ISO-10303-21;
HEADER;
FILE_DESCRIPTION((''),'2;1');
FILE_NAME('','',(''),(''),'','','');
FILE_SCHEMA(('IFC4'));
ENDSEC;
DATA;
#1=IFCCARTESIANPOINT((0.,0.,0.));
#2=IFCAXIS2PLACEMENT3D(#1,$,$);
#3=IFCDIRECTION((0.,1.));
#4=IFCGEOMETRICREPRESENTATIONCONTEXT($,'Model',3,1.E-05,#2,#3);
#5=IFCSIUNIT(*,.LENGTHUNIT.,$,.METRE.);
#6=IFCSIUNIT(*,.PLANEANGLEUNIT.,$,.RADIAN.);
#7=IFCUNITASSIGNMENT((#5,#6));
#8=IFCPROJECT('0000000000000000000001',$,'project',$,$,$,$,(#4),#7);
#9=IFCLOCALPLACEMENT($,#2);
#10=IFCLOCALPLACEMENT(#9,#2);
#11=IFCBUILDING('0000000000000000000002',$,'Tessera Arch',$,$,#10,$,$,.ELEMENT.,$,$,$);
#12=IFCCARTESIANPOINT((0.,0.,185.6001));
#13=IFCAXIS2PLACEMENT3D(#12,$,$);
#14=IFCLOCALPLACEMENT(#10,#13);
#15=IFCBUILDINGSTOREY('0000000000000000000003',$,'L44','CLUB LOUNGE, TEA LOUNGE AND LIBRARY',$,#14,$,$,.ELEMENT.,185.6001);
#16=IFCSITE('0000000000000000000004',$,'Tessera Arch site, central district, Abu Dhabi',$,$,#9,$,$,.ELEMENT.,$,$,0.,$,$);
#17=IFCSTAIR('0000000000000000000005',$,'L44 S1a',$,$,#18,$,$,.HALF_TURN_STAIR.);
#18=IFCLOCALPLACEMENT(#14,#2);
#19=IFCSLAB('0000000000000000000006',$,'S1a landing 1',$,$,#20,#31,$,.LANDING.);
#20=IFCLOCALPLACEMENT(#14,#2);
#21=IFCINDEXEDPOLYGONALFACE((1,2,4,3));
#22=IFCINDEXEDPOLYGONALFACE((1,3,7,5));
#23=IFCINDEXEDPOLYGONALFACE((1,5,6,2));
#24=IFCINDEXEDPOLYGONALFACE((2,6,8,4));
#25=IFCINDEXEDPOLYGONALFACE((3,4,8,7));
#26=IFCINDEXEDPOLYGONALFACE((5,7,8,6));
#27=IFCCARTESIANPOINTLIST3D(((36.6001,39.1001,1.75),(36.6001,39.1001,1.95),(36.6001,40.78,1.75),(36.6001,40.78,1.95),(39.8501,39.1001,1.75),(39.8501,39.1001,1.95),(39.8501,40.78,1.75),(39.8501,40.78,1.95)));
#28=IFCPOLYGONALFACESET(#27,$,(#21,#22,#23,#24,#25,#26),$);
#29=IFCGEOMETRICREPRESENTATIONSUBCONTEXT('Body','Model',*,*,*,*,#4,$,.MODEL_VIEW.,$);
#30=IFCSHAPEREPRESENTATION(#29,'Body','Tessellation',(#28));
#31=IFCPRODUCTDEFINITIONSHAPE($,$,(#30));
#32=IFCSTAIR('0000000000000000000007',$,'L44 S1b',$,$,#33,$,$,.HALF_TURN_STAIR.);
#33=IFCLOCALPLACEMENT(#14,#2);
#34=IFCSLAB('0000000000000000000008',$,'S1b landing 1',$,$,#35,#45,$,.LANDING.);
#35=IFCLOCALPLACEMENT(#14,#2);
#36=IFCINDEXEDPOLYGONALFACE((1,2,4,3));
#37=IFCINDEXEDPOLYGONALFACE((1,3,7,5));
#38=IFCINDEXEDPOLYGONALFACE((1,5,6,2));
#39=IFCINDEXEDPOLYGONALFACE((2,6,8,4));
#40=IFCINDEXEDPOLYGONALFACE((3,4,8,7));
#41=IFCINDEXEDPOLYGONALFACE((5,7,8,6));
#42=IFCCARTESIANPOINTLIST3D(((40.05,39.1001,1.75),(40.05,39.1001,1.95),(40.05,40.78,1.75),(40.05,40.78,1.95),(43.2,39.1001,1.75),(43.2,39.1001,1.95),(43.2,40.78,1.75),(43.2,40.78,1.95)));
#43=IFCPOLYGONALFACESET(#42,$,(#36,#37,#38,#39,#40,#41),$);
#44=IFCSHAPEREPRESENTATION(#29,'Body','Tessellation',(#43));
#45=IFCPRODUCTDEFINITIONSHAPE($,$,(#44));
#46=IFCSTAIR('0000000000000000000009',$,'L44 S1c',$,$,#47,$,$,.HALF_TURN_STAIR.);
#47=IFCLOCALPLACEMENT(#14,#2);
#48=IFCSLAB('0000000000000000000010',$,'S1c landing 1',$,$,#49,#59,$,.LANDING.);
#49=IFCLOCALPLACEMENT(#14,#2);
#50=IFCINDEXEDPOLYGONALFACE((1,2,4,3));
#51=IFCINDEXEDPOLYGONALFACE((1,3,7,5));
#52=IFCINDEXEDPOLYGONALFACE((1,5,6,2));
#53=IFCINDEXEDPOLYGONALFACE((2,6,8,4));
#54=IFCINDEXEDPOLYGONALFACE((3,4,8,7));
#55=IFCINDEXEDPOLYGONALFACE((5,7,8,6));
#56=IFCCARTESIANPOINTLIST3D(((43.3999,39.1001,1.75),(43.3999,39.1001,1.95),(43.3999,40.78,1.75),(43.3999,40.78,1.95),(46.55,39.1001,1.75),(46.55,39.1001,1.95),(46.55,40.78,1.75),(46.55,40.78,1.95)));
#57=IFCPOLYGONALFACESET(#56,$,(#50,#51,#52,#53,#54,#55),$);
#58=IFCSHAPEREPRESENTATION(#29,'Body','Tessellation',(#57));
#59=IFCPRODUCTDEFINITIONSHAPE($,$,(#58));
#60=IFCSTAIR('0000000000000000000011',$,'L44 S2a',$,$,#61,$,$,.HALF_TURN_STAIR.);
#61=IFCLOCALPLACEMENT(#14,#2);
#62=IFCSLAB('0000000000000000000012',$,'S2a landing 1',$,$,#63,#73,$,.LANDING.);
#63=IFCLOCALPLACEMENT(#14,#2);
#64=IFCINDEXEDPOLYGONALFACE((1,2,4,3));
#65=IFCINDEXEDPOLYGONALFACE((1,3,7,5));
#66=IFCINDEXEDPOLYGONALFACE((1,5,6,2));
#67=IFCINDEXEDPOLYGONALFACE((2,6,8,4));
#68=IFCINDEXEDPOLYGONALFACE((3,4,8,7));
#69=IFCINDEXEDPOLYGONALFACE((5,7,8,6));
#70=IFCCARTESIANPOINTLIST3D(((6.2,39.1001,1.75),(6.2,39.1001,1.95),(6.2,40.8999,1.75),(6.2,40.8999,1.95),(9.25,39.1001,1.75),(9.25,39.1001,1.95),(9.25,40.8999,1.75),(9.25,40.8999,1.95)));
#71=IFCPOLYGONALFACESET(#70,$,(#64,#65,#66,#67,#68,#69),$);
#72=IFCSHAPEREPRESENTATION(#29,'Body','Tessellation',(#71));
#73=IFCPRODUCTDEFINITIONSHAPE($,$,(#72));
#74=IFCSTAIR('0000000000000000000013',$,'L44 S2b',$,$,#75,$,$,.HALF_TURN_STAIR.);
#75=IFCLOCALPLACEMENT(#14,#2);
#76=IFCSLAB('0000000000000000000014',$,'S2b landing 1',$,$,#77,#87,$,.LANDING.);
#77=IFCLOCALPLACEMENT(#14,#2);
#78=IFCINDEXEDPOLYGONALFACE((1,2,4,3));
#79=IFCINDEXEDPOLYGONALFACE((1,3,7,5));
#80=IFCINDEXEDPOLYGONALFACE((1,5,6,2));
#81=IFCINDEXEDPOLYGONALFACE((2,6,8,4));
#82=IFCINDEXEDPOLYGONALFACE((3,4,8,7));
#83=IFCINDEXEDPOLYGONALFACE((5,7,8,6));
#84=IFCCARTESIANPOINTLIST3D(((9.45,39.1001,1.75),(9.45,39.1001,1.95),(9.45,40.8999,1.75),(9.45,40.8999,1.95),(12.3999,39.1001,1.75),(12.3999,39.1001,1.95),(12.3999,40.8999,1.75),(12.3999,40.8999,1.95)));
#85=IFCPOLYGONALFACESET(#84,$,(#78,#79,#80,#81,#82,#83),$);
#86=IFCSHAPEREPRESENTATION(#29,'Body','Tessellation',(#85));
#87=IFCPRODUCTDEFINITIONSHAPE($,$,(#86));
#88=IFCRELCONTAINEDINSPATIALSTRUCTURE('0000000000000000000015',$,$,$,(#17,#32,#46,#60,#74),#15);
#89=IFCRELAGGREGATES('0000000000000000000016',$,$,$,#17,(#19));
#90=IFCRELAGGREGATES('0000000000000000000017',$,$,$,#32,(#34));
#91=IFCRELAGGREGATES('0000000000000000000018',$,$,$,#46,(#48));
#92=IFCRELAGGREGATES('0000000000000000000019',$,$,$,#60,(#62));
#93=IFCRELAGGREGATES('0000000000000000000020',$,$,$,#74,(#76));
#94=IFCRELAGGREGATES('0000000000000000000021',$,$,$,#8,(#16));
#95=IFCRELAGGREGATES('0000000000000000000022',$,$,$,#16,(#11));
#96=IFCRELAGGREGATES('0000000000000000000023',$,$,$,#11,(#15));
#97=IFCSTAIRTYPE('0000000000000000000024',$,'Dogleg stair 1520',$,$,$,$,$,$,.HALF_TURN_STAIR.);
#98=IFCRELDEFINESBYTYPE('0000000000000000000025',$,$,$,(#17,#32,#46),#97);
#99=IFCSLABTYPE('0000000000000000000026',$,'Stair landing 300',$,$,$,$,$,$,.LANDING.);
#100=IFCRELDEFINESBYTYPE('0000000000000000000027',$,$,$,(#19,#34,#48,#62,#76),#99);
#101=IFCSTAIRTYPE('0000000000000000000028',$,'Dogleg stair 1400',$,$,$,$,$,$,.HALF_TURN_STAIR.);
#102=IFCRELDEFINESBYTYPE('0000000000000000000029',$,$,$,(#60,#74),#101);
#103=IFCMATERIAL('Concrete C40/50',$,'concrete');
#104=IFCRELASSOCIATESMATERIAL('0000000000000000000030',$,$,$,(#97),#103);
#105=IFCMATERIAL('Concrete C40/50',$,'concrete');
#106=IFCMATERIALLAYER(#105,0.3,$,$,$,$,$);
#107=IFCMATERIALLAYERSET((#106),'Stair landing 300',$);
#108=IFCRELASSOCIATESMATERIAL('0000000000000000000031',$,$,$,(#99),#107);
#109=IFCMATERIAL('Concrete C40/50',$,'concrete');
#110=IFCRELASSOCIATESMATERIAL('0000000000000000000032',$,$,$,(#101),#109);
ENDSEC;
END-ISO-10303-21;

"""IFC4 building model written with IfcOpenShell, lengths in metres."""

from ifc_helpers import new_model, si_unit, direction, frame, origin, place, context, subcontext, project, spatial, polyline, outline, extrude, material, layer, layer_set, type_object, element, aggregate, save


model = new_model("IFC4")

# Units and contexts
model_context = context("Model", 3, precision=1e-05, world=origin(), true_north=direction((0.0, 1.0)))
body_context = subcontext(model_context, "Body", "Model", "MODEL_VIEW")
ifc_project = project(units=[si_unit("LENGTHUNIT", "METRE"), si_unit("PLANEANGLEUNIT", "RADIAN")], contexts=[model_context])

# Site, building, storey
site_placement = place(None, origin())
site = spatial("IfcSite", under=ifc_project, at=site_placement, Name="Tessera Arch site, central district, Abu Dhabi", CompositionType="ELEMENT", RefElevation=0.0)
building_placement = place(site_placement, origin())
building = spatial("IfcBuilding", under=site, at=building_placement, Name="Tessera Arch", CompositionType="ELEMENT")
storey_placement = place(building_placement, frame((0.0, 0.0, 185.6001)))
storey = spatial("IfcBuildingStorey", under=building, at=storey_placement, Name="L44", Description="CLUB LOUNGE, TEA LOUNGE AND LIBRARY", CompositionType="ELEMENT", Elevation=185.6001)

# Stairs, slabs
ifc_material_1 = material(Name="Concrete C40/50", Category="concrete")
stair_type_1 = type_object("IfcStairType", Name="Dogleg stair 1520", PredefinedType="HALF_TURN_STAIR", material=ifc_material_1)
stair_1_placement = place(storey_placement, origin())
stair_1 = element("IfcStair", 1, at=stair_1_placement, inside=storey, type_object=stair_type_1, Name="L44 S1a", PredefinedType="HALF_TURN_STAIR")
ifc_material_2 = material(Name="Concrete C40/50", Category="concrete")
ifc_layer_1 = layer(ifc_material_2, 0.3)
ifc_layer_set_1 = layer_set([ifc_layer_1], Name="Stair landing 300")
slab_type_1 = type_object("IfcSlabType", Name="Stair landing 300", PredefinedType="LANDING", material=ifc_layer_set_1)
slab_1_placement = place(storey_placement, frame((0.0, 0.0, 1.75)))
slab_1 = element("IfcSlab", 2, at=slab_1_placement, type_object=slab_type_1, Name="S1a landing 1", PredefinedType="LANDING", context=body_context, shape_type="SweptSolid", body=[
    extrude(outline(polyline([(36.6001, 40.78), (36.6001, 39.1001), (39.8501, 39.1001), (39.8501, 40.78), (36.6001, 40.78)])), origin(), (0.0, 0.0, 1.0), 0.2),
])
aggregate(stair_1, [slab_1])
stair_2_placement = place(storey_placement, origin())
stair_2 = element("IfcStair", 3, at=stair_2_placement, inside=storey, type_object=stair_type_1, Name="L44 S1b", PredefinedType="HALF_TURN_STAIR")
slab_2_placement = place(storey_placement, frame((0.0, 0.0, 1.75)))
slab_2 = element("IfcSlab", 4, at=slab_2_placement, type_object=slab_type_1, Name="S1b landing 1", PredefinedType="LANDING", context=body_context, shape_type="SweptSolid", body=[
    extrude(outline(polyline([(40.05, 40.78), (40.05, 39.1001), (43.2, 39.1001), (43.2, 40.78), (40.05, 40.78)])), origin(), (0.0, 0.0, 1.0), 0.2),
])
aggregate(stair_2, [slab_2])
stair_3_placement = place(storey_placement, origin())
stair_3 = element("IfcStair", 5, at=stair_3_placement, inside=storey, type_object=stair_type_1, Name="L44 S1c", PredefinedType="HALF_TURN_STAIR")
slab_3_placement = place(storey_placement, frame((0.0, 0.0, 1.75)))
slab_3 = element("IfcSlab", 6, at=slab_3_placement, type_object=slab_type_1, Name="S1c landing 1", PredefinedType="LANDING", context=body_context, shape_type="SweptSolid", body=[
    extrude(outline(polyline([(43.3999, 40.78), (43.3999, 39.1001), (46.55, 39.1001), (46.55, 40.78), (43.3999, 40.78)])), origin(), (0.0, 0.0, 1.0), 0.2),
])
aggregate(stair_3, [slab_3])
ifc_material_3 = material(Name="Concrete C40/50", Category="concrete")
stair_type_2 = type_object("IfcStairType", Name="Dogleg stair 1400", PredefinedType="HALF_TURN_STAIR", material=ifc_material_3)
stair_4_placement = place(storey_placement, origin())
stair_4 = element("IfcStair", 7, at=stair_4_placement, inside=storey, type_object=stair_type_2, Name="L44 S2a", PredefinedType="HALF_TURN_STAIR")
slab_4_placement = place(storey_placement, frame((0.0, 0.0, 1.75)))
slab_4 = element("IfcSlab", 8, at=slab_4_placement, type_object=slab_type_1, Name="S2a landing 1", PredefinedType="LANDING", context=body_context, shape_type="SweptSolid", body=[
    extrude(outline(polyline([(6.2, 40.8999), (6.2, 39.1001), (9.25, 39.1001), (9.25, 40.8999), (6.2, 40.8999)])), origin(), (0.0, 0.0, 1.0), 0.2),
])
aggregate(stair_4, [slab_4])
stair_5_placement = place(storey_placement, origin())
stair_5 = element("IfcStair", 9, at=stair_5_placement, inside=storey, type_object=stair_type_2, Name="L44 S2b", PredefinedType="HALF_TURN_STAIR")
slab_5_placement = place(storey_placement, frame((0.0, 0.0, 1.75)))
slab_5 = element("IfcSlab", 10, at=slab_5_placement, type_object=slab_type_1, Name="S2b landing 1", PredefinedType="LANDING", context=body_context, shape_type="SweptSolid", body=[
    extrude(outline(polyline([(9.45, 40.8999), (9.45, 39.1001), (12.3999, 39.1001), (12.3999, 40.8999), (9.45, 40.8999)])), origin(), (0.0, 0.0, 1.0), 0.2),
])
aggregate(stair_5, [slab_5])

save(model, "model.ifc")
